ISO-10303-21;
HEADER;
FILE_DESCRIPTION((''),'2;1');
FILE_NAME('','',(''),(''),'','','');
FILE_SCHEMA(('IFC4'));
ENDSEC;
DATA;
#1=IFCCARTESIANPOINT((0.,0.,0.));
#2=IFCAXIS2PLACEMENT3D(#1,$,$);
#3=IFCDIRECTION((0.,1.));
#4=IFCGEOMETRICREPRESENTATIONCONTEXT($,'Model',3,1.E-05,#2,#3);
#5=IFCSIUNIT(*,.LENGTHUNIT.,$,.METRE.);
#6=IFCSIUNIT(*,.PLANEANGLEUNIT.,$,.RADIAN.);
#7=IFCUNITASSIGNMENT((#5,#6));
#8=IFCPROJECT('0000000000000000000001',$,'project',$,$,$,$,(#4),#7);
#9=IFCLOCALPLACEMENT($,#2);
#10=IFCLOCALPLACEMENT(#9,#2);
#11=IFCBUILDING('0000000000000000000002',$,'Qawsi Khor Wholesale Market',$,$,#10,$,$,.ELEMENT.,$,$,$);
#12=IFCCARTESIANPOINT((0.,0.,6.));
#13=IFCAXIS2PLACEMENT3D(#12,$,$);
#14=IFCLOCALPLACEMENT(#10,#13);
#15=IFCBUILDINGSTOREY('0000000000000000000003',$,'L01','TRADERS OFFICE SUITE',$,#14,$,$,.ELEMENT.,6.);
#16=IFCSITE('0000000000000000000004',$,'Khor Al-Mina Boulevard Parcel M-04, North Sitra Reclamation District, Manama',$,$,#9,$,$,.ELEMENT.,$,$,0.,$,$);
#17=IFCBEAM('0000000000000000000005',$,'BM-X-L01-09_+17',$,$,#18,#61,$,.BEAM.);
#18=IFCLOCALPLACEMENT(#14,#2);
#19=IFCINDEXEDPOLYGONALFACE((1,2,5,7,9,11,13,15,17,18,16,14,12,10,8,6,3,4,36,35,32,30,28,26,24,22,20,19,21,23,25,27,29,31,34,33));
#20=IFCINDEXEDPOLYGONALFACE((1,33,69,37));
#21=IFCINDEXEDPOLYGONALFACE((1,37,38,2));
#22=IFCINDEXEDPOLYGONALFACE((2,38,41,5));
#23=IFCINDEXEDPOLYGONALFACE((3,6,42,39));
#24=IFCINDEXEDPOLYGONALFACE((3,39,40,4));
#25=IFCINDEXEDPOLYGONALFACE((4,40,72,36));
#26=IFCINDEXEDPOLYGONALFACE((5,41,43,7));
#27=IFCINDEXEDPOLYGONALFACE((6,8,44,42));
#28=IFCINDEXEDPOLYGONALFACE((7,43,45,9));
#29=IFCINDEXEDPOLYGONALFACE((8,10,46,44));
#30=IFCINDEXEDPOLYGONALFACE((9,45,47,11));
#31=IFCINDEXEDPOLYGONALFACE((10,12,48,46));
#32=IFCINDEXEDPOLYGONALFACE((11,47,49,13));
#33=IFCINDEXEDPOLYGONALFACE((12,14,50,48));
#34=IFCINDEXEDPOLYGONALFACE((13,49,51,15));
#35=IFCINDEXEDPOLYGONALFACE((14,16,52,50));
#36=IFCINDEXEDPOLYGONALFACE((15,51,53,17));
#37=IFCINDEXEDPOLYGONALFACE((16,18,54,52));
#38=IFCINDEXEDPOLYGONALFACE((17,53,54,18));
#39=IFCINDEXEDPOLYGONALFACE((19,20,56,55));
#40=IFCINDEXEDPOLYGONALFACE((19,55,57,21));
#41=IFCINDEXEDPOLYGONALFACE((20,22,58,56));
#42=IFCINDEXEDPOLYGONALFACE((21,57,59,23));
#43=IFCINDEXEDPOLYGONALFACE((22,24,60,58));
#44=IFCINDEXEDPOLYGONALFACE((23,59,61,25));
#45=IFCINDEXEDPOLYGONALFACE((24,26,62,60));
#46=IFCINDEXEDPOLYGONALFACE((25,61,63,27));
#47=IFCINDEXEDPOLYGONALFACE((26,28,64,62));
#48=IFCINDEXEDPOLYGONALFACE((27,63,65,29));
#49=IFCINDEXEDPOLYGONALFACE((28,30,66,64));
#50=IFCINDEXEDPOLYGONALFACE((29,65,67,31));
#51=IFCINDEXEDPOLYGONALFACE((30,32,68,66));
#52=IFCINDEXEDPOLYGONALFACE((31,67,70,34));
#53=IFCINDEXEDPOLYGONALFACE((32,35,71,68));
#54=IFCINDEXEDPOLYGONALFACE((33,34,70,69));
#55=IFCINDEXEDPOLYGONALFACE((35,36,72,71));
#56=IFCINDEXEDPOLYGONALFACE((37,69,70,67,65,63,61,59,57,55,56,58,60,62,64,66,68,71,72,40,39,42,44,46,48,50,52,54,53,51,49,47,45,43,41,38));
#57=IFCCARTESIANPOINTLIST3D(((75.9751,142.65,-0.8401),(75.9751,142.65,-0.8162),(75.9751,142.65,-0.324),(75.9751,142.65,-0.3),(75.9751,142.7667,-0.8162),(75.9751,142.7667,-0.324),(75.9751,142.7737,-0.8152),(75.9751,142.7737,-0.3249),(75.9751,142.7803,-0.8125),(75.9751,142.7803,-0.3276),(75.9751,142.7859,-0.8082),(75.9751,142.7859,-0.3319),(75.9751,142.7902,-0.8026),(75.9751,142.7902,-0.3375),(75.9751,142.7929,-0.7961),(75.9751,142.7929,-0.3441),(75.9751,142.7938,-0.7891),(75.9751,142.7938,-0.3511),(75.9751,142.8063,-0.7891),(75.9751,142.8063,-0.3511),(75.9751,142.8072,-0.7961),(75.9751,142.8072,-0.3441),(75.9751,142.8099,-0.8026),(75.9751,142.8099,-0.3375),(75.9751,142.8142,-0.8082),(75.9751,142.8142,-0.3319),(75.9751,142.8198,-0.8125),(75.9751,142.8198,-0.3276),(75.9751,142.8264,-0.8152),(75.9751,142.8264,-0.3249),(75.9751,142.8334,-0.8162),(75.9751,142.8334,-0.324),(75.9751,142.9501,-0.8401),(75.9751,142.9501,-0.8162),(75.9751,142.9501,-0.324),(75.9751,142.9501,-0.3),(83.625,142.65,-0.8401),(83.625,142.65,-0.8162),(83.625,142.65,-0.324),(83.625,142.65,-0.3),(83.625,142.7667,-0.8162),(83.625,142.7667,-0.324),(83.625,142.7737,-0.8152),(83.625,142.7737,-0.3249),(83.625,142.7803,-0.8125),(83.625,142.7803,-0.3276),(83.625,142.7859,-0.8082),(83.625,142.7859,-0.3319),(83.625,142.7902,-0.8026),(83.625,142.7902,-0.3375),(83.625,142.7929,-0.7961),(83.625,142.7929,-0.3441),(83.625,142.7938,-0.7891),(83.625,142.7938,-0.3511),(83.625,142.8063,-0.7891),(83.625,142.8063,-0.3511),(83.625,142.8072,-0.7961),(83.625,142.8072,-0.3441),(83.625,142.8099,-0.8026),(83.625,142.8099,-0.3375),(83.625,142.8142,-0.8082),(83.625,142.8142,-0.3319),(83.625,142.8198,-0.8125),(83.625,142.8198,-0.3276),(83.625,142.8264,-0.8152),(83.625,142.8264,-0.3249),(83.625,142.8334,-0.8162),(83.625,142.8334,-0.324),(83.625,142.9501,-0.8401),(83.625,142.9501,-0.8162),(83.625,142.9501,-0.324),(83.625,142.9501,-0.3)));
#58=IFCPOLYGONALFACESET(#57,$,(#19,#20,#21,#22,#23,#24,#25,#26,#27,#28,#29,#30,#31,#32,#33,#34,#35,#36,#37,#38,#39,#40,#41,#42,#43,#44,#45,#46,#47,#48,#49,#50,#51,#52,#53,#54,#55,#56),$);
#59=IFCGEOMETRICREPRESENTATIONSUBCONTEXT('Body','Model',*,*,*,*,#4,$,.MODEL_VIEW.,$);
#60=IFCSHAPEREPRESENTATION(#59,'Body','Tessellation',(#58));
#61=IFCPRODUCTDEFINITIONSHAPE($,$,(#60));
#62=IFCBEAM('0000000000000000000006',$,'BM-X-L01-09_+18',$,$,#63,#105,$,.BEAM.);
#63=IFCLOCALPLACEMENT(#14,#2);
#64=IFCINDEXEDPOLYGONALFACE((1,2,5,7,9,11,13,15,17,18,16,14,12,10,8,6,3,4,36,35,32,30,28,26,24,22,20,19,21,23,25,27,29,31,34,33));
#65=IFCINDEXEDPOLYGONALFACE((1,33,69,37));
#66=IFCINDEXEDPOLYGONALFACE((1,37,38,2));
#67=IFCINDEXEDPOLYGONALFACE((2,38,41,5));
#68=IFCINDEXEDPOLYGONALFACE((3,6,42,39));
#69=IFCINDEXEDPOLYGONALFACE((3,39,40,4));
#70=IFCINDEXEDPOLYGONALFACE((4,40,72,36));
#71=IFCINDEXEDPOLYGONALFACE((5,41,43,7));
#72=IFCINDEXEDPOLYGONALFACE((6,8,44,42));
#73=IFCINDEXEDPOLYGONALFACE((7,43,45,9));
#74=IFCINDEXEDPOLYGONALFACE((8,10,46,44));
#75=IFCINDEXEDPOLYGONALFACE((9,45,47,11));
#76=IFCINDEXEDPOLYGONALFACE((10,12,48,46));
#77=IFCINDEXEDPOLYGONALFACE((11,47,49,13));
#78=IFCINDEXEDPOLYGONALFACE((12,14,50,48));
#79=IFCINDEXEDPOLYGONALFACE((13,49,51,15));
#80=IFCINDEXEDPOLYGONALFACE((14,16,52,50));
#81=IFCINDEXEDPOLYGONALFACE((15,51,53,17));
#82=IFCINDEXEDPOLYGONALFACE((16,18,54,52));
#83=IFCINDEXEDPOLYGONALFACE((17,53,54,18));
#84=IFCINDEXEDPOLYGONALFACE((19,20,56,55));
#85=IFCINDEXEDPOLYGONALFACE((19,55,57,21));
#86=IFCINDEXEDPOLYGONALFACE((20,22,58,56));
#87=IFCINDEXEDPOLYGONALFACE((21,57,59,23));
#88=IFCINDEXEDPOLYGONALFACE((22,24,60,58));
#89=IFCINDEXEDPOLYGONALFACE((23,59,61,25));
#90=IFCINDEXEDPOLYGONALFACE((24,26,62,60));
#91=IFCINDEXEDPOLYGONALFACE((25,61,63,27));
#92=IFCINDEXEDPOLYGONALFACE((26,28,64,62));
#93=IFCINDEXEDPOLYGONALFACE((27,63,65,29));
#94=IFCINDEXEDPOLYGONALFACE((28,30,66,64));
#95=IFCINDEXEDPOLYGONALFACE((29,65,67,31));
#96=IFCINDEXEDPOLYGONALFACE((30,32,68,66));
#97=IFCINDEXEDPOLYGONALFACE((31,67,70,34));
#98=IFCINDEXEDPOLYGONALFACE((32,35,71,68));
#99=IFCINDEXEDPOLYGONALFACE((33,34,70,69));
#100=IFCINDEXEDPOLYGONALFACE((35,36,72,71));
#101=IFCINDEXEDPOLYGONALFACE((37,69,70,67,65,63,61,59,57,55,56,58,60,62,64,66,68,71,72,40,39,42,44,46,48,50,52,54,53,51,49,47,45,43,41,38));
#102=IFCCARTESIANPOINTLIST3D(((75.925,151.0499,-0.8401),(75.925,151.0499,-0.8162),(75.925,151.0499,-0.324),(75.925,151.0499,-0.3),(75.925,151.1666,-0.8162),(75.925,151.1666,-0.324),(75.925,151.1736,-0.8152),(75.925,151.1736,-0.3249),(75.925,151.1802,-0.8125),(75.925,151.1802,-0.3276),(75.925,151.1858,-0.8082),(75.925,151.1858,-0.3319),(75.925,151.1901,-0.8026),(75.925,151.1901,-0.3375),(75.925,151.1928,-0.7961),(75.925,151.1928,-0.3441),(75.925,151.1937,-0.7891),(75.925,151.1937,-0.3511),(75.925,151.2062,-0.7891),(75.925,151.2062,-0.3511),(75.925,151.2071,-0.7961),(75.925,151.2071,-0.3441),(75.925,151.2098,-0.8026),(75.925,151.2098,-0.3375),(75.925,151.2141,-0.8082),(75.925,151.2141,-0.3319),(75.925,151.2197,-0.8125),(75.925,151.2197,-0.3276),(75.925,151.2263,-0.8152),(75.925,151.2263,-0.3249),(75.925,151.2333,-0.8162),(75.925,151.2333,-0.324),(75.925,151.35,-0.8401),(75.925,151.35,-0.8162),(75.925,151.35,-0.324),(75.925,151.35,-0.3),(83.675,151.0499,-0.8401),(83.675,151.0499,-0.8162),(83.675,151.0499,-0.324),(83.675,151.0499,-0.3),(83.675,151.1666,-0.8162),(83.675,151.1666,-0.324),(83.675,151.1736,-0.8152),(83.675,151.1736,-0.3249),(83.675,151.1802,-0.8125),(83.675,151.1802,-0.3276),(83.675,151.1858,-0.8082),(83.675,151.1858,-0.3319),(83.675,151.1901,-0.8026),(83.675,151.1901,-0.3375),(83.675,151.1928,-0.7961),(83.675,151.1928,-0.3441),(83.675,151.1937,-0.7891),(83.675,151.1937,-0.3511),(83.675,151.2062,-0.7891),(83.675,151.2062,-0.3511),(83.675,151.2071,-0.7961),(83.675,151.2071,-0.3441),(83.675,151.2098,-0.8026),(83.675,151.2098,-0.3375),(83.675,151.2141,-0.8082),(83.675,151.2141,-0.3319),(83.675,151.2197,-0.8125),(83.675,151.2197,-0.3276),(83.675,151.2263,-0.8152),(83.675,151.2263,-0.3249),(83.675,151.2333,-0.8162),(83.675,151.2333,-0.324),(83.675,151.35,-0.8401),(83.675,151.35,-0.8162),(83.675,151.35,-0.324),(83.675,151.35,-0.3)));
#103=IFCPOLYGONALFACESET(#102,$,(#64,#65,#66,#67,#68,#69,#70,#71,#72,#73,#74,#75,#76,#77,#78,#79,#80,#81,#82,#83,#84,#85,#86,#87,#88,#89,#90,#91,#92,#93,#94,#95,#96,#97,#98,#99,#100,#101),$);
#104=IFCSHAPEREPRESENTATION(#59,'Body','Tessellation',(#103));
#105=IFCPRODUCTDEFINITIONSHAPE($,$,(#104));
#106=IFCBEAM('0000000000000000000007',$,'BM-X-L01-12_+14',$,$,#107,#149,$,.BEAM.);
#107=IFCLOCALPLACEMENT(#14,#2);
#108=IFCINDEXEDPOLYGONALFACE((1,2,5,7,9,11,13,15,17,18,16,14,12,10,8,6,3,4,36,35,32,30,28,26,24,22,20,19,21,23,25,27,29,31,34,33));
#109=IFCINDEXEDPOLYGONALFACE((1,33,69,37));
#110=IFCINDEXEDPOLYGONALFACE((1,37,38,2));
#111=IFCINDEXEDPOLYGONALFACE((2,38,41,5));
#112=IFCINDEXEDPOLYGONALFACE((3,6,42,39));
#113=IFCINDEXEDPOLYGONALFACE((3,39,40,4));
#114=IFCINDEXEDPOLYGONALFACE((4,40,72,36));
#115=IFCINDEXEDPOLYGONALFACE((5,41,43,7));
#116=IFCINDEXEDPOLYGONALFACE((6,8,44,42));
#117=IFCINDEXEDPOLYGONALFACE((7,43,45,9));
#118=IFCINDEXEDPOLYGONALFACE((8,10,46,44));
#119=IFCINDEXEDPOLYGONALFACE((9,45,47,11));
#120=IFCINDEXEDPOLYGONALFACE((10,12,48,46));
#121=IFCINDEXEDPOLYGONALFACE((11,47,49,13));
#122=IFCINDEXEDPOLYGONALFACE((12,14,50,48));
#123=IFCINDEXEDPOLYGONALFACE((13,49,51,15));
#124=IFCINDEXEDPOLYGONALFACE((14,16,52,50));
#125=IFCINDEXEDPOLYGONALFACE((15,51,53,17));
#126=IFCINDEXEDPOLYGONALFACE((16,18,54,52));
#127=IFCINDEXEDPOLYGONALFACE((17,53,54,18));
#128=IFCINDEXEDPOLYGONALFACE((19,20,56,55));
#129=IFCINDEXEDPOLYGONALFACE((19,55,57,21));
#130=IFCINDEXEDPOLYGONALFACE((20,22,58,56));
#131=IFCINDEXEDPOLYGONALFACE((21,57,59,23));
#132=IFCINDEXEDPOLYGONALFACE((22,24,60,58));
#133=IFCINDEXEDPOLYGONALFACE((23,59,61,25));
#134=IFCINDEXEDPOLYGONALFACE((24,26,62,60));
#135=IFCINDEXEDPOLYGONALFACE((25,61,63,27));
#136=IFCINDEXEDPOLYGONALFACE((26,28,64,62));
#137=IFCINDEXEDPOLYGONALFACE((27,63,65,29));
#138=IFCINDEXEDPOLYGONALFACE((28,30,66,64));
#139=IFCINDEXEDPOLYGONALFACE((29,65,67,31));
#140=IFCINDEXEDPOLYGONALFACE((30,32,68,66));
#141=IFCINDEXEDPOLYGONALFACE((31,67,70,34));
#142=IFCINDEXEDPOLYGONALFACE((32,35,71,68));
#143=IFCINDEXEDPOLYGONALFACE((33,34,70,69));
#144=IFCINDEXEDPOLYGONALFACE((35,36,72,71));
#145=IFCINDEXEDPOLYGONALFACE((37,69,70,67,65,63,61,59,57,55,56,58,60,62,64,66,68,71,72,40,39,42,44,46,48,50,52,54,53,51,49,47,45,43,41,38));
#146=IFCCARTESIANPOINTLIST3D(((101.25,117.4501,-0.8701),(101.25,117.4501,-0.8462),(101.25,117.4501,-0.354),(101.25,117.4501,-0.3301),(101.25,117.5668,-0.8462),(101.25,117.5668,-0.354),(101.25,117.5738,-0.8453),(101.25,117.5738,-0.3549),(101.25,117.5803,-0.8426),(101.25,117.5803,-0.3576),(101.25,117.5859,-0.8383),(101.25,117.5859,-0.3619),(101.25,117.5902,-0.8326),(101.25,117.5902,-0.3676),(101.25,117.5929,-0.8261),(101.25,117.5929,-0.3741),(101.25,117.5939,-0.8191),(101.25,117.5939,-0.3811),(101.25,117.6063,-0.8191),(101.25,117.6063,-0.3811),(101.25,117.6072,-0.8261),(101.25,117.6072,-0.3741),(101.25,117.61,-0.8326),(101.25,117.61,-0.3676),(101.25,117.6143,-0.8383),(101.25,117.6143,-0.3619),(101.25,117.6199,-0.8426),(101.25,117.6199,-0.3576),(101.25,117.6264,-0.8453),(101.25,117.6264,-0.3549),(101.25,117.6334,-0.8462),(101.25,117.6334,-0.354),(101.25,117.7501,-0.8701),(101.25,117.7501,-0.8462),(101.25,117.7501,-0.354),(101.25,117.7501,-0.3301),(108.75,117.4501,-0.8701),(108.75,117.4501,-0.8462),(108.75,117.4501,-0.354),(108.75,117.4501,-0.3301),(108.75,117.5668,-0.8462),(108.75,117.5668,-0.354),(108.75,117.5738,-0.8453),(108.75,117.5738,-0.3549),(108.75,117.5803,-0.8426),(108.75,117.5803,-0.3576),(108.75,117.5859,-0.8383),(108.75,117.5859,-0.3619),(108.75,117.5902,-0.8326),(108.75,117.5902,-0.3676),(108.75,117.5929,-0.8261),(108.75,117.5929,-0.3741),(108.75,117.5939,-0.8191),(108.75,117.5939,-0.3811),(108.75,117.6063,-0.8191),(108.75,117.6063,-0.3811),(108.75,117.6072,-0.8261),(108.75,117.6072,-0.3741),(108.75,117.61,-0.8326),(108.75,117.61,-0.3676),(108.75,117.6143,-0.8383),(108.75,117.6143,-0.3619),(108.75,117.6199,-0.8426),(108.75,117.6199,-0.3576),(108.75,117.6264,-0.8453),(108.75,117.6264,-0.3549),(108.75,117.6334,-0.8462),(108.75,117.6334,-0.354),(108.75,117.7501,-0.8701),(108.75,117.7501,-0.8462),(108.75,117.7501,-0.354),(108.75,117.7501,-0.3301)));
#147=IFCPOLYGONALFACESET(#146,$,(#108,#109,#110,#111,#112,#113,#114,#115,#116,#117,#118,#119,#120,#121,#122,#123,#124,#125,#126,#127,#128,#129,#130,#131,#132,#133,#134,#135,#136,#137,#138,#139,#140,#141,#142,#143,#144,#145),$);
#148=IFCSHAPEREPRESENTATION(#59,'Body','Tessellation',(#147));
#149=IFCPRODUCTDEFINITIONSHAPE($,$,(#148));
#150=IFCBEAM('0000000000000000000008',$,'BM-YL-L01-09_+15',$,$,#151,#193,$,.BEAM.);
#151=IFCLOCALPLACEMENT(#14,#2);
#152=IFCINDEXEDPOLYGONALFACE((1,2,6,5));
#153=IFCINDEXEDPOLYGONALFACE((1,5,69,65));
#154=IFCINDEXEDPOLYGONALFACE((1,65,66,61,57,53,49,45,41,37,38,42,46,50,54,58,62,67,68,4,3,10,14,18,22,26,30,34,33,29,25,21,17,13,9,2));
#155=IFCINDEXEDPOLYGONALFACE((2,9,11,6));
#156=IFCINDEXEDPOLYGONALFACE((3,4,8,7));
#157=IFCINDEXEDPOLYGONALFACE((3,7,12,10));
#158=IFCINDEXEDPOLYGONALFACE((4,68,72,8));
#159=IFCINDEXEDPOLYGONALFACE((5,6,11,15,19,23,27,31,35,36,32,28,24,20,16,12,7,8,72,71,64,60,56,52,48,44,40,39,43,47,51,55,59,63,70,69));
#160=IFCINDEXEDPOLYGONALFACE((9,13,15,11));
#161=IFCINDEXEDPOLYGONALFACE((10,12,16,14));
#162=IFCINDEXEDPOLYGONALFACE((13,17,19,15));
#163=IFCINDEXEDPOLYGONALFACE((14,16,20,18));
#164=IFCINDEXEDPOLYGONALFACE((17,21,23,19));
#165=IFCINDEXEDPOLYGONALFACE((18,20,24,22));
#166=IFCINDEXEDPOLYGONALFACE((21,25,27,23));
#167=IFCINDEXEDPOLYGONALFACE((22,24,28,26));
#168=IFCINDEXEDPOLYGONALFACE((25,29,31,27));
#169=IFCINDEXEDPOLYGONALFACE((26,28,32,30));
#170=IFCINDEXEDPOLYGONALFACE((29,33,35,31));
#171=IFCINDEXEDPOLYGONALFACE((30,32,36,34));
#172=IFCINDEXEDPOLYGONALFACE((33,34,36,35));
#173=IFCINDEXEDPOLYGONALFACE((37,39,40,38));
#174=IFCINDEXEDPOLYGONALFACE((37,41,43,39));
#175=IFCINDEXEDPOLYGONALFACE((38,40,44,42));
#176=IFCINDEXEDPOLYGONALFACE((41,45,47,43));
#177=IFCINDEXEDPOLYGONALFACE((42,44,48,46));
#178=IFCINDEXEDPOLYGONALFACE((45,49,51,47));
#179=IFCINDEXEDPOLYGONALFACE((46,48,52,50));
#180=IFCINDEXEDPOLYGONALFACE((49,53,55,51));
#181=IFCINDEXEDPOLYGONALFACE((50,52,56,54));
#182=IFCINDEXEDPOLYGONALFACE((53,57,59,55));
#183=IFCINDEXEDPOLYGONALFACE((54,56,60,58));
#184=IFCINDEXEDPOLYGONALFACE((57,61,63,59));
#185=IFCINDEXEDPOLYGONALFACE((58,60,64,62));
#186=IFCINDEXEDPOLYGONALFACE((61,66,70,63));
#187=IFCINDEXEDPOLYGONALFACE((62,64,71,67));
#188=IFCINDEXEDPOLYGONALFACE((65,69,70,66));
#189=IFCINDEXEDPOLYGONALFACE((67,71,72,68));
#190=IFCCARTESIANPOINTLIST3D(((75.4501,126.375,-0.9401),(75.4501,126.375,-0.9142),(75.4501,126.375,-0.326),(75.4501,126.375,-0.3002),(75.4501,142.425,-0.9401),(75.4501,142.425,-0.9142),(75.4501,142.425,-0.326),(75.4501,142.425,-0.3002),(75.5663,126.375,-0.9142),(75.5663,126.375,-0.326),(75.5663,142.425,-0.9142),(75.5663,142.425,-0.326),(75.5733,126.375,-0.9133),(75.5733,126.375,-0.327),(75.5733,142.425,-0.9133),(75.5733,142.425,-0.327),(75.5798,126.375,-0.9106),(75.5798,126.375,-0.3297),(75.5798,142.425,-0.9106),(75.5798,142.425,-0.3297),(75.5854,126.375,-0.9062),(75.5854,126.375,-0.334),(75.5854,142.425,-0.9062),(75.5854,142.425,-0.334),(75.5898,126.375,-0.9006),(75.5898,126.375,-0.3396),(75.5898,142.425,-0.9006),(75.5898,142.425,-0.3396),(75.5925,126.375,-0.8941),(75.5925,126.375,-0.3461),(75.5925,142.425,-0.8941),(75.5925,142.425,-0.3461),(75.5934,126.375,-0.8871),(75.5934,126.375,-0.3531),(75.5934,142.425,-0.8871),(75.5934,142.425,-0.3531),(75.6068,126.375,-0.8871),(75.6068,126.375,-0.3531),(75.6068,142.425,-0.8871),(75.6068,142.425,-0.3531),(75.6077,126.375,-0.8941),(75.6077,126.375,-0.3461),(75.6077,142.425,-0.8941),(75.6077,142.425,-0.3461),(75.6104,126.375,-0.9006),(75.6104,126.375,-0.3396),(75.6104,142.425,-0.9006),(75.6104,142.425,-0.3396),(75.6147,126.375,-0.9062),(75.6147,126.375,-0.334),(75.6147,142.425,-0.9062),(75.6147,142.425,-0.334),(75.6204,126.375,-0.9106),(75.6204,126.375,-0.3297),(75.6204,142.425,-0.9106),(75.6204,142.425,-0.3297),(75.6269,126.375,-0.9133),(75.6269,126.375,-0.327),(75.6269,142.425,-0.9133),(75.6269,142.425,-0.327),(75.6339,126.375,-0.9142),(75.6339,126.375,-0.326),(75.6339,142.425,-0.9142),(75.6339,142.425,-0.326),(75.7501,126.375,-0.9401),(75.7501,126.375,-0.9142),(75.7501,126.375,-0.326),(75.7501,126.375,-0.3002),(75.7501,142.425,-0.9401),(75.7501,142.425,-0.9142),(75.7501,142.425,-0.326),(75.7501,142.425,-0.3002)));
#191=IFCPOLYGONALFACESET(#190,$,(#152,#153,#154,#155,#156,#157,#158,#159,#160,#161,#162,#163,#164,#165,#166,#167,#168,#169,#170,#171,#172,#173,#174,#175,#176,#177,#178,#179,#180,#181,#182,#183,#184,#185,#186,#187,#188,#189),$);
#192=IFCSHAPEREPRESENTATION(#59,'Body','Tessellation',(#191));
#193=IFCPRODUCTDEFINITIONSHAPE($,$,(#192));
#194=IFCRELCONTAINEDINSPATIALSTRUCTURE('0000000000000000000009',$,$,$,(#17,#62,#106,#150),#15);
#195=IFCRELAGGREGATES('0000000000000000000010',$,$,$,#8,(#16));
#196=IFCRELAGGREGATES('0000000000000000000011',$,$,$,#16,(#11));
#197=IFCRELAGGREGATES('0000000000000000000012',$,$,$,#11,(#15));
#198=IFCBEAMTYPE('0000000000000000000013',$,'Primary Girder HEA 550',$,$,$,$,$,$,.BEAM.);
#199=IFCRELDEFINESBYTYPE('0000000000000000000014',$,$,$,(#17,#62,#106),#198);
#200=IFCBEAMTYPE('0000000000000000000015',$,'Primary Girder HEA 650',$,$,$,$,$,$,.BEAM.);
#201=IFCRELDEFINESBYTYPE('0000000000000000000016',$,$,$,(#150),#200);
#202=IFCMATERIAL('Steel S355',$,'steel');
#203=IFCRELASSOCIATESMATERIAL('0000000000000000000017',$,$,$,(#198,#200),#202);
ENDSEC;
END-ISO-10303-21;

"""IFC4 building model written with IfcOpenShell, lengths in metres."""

from ifc_helpers import new_model, si_unit, direction, frame, origin, origin_2d, place, context, subcontext, project, spatial, i_section, extrude, material, material_profile, profile_set, type_object, element, save


model = new_model("IFC4")

# Units and contexts
model_context = context("Model", 3, precision=1e-05, world=origin(), true_north=direction((0.0, 1.0)))
body_context = subcontext(model_context, "Body", "Model", "MODEL_VIEW")
ifc_project = project(units=[si_unit("LENGTHUNIT", "METRE"), si_unit("PLANEANGLEUNIT", "RADIAN")], contexts=[model_context])

# Site, building, storey
site_placement = place(None, origin())
site = spatial("IfcSite", under=ifc_project, at=site_placement, Name="Khor Al-Mina Boulevard Parcel M-04, North Sitra Reclamation District, Manama", CompositionType="ELEMENT", RefElevation=0.0)
building_placement = place(site_placement, origin())
building = spatial("IfcBuilding", under=site, at=building_placement, Name="Qawsi Khor Wholesale Market", CompositionType="ELEMENT")
storey_placement = place(building_placement, frame((0.0, 0.0, 6.0)))
storey = spatial("IfcBuildingStorey", under=building, at=storey_placement, Name="L01", Description="TRADERS OFFICE SUITE", CompositionType="ELEMENT", Elevation=6.0)

# Shared definitions
ifc_material_1 = material(Name="Steel S355", Category="steel")

# Beams
ifc_material_profile_1 = material_profile(ifc_material_1, i_section(OverallWidth=0.3, OverallDepth=0.54, WebThickness=0.0125, FlangeThickness=0.0239, FilletRadius=0.0271, at=origin_2d()), Name="HEA 550")
ifc_profile_set_1 = profile_set([ifc_material_profile_1], Name="Steel S355")
beam_type_1 = type_object("IfcBeamType", Name="Primary Girder HEA 550", PredefinedType="BEAM", material=ifc_profile_set_1)
for number, where, z_axis, x_axis, name in (
    (1, (75.9751, 142.8, -0.5701), (1.0, 0.0, 0.0), (0.0, 1.0, 0.0), "BM-X-L01-09_+17"),
):
    element("IfcBeam", number, at=place(storey_placement, frame(where, z_axis=z_axis, x_axis=x_axis)), inside=storey, type_object=beam_type_1, Name=name, PredefinedType="BEAM", context=body_context, shape_type="SweptSolid", body=[
        extrude(i_section(OverallWidth=0.3, OverallDepth=0.54, WebThickness=0.0125, FlangeThickness=0.0239, FilletRadius=0.0271, at=origin_2d()), origin(), (0.0, 0.0, 1.0), 7.6499),
    ])
beam_1_placement = place(storey_placement, frame((75.925, 151.2, -0.5701), z_axis=(1.0, 0.0, 0.0), x_axis=(0.0, 1.0, 0.0)))
element("IfcBeam", 2, at=beam_1_placement, inside=storey, type_object=beam_type_1, Name="BM-X-L01-09_+18", PredefinedType="BEAM", context=body_context, shape_type="SweptSolid", body=[
    extrude(i_section(OverallWidth=0.3, OverallDepth=0.54, WebThickness=0.0125, FlangeThickness=0.0239, FilletRadius=0.0271, at=origin_2d()), origin(), (0.0, 0.0, 1.0), 7.75),
])
beam_2_placement = place(storey_placement, frame((101.25, 117.6001, -0.6001), z_axis=(1.0, 0.0, 0.0), x_axis=(0.0, 1.0, 0.0)))
element("IfcBeam", 3, at=beam_2_placement, inside=storey, type_object=beam_type_1, Name="BM-X-L01-12_+14", PredefinedType="BEAM", context=body_context, shape_type="SweptSolid", body=[
    extrude(i_section(OverallWidth=0.3, OverallDepth=0.54, WebThickness=0.0125, FlangeThickness=0.0239, FilletRadius=0.0271, at=origin_2d()), origin(), (0.0, 0.0, 1.0), 7.5),
])
ifc_material_profile_2 = material_profile(ifc_material_1, i_section(OverallWidth=0.3, OverallDepth=0.6399, WebThickness=0.0134, FlangeThickness=0.0259, FilletRadius=0.0271, at=origin_2d()), Name="HEA 650")
ifc_profile_set_2 = profile_set([ifc_material_profile_2], Name="Steel S355")
beam_type_2 = type_object("IfcBeamType", Name="Primary Girder HEA 650", PredefinedType="BEAM", material=ifc_profile_set_2)
for number, where, z_axis, x_axis, name in (
    (4, (75.6001, 126.375, -0.6201), (0.0, 1.0, 0.0), (-1.0, 0.0, 0.0), "BM-YL-L01-09_+15"),
):
    element("IfcBeam", number, at=place(storey_placement, frame(where, z_axis=z_axis, x_axis=x_axis)), inside=storey, type_object=beam_type_2, Name=name, PredefinedType="BEAM", context=body_context, shape_type="SweptSolid", body=[
        extrude(i_section(OverallWidth=0.3, OverallDepth=0.6399, WebThickness=0.0134, FlangeThickness=0.0259, FilletRadius=0.0271, at=origin_2d()), origin(), (0.0, 0.0, 1.0), 16.05),
    ])

save(model, "model.ifc")
